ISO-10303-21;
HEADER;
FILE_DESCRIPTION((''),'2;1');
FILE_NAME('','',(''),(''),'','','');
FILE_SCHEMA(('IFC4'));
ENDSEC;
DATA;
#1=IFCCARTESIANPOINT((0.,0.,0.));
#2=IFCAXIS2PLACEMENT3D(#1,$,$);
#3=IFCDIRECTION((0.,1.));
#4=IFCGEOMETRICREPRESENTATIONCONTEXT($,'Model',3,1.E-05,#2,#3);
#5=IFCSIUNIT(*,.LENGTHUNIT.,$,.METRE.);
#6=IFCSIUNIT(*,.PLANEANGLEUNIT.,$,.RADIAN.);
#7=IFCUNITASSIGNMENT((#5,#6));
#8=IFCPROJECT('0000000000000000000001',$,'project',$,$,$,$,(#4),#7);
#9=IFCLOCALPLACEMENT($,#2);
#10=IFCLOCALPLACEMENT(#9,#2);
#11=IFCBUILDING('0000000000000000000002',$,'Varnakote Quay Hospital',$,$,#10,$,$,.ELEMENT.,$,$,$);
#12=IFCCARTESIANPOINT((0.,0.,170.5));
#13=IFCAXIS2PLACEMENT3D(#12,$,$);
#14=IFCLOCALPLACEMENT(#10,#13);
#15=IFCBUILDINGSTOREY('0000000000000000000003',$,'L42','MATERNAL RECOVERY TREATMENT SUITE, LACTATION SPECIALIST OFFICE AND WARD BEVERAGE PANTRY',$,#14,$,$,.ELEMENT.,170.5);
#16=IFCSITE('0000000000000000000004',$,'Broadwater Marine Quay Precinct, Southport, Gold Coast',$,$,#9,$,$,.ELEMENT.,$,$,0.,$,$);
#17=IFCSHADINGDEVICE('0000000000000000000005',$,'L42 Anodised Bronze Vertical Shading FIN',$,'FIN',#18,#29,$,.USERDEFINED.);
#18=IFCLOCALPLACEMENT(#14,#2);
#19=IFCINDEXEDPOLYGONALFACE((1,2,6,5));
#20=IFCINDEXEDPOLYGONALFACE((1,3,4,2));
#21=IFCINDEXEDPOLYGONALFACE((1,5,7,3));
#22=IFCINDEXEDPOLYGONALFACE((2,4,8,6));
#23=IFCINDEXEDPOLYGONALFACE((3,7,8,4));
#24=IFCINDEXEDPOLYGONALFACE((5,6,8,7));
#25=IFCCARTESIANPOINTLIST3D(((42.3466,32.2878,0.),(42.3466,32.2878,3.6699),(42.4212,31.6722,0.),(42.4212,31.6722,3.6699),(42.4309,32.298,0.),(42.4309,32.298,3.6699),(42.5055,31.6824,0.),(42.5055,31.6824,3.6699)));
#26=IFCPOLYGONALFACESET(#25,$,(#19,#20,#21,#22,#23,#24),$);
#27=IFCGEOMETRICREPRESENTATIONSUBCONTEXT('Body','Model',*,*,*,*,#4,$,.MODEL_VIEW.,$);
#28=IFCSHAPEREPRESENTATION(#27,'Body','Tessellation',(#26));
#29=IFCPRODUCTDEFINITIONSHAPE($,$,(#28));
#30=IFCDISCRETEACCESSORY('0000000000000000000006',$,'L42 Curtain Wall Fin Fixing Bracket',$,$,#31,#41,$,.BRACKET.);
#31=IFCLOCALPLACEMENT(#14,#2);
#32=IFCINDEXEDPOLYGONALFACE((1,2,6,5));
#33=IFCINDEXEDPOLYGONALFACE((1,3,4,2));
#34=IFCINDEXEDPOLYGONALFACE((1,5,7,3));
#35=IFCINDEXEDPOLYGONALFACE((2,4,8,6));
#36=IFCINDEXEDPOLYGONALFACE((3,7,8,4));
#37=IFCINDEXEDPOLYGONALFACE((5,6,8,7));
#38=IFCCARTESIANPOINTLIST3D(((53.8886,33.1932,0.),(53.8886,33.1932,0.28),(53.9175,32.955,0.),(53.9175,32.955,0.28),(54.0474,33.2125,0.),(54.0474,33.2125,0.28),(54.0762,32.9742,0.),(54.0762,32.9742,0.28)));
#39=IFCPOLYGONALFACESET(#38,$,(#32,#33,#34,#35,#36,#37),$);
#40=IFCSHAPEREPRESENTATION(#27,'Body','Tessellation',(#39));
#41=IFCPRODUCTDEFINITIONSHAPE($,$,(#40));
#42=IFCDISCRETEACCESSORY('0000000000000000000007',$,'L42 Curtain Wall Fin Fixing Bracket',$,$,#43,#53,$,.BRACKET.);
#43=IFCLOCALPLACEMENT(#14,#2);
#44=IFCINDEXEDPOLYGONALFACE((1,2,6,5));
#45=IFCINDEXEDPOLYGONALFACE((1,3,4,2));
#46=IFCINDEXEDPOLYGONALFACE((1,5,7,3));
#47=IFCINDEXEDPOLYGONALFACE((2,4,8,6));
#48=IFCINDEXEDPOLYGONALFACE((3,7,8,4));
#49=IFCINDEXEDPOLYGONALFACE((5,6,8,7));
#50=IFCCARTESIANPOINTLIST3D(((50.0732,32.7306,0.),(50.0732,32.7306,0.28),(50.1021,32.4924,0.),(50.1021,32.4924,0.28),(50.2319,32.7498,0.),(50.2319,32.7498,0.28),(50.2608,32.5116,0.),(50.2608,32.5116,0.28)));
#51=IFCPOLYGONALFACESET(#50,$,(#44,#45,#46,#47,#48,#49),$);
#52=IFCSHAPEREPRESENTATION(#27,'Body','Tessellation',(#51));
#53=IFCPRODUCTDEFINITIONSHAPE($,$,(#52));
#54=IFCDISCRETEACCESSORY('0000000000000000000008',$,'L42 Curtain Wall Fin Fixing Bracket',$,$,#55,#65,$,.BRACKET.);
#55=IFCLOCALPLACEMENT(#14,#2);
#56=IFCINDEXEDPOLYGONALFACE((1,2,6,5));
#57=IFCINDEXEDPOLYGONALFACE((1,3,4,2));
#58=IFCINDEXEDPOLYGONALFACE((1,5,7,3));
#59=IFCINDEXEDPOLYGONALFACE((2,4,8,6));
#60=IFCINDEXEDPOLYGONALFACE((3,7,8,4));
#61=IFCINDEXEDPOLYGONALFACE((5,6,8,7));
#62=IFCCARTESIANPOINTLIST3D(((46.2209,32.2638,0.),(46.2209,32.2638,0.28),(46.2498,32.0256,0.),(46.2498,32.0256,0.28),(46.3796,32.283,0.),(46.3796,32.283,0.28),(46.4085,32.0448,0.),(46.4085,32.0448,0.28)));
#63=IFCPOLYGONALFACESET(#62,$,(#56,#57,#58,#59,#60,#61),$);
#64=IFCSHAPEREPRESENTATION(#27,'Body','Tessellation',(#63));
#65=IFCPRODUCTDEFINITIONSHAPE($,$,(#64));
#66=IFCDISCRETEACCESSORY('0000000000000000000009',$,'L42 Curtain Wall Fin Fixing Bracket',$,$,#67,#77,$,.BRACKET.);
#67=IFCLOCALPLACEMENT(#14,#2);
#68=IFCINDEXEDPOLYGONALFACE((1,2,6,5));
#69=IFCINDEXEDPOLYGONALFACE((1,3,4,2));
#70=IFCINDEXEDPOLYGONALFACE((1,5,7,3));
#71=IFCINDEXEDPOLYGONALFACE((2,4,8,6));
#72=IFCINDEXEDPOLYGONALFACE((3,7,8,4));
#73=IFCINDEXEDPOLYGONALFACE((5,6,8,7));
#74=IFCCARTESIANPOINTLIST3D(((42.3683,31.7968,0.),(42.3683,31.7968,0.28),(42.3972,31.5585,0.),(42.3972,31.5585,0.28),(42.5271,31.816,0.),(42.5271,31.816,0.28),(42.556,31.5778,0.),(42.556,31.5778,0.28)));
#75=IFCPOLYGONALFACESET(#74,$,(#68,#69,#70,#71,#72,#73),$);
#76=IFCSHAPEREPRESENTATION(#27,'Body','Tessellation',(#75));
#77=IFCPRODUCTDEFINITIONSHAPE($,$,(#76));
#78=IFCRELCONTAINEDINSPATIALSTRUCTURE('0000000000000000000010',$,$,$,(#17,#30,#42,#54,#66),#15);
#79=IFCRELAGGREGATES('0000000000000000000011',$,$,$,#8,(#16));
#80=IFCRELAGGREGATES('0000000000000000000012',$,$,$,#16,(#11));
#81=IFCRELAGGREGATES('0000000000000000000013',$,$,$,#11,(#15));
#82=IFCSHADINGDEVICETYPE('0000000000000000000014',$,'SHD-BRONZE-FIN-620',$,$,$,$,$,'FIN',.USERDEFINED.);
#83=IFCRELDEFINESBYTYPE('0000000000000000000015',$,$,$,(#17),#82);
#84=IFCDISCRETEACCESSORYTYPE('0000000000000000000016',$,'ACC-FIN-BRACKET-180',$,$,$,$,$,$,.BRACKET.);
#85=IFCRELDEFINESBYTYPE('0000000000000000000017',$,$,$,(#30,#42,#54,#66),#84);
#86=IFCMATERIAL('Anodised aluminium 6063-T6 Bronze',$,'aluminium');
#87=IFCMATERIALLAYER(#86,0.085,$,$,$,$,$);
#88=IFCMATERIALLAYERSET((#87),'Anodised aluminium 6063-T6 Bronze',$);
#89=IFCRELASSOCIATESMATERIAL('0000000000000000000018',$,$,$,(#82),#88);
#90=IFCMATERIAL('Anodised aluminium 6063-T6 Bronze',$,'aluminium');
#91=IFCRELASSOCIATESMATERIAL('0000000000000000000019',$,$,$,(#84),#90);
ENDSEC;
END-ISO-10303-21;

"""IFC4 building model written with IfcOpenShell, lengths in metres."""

from ifc_helpers import new_model, si_unit, direction, frame, origin, origin_2d, place, context, subcontext, project, spatial, rectangle, extrude, material, layer, layer_set, type_object, element, save


model = new_model("IFC4")

# Units and contexts
model_context = context("Model", 3, precision=1e-05, world=origin(), true_north=direction((0.0, 1.0)))
body_context = subcontext(model_context, "Body", "Model", "MODEL_VIEW")
ifc_project = project(units=[si_unit("LENGTHUNIT", "METRE"), si_unit("PLANEANGLEUNIT", "RADIAN")], contexts=[model_context])

# Site, building, storey
site_placement = place(None, origin())
site = spatial("IfcSite", under=ifc_project, at=site_placement, Name="Broadwater Marine Quay Precinct, Southport, Gold Coast", CompositionType="ELEMENT", RefElevation=0.0)
building_placement = place(site_placement, origin())
building = spatial("IfcBuilding", under=site, at=building_placement, Name="Varnakote Quay Hospital", CompositionType="ELEMENT")
storey_placement = place(building_placement, frame((0.0, 0.0, 170.5)))
storey = spatial("IfcBuildingStorey", under=building, at=storey_placement, Name="L42", Description="MATERNAL RECOVERY TREATMENT SUITE, LACTATION SPECIALIST OFFICE AND WARD BEVERAGE PANTRY", CompositionType="ELEMENT", Elevation=170.5)

# Shading device
ifc_material_1 = material(Name="Anodised aluminium 6063-T6 Bronze", Category="aluminium")
ifc_layer_1 = layer(ifc_material_1, 0.085)
ifc_layer_set_1 = layer_set([ifc_layer_1], Name="Anodised aluminium 6063-T6 Bronze")
shading_device_type = type_object("IfcShadingDeviceType", Name="SHD-BRONZE-FIN-620", ElementType="FIN", PredefinedType="USERDEFINED", material=ifc_layer_set_1)
for number, where, z_axis, x_axis, name in (
    (1, (42.426, 31.9851, 0.0), (0.0, 0.0, 1.0), (0.12031, -0.992736, 0.0), "L42 Anodised Bronze Vertical Shading FIN"),
):
    element("IfcShadingDevice", number, at=place(storey_placement, frame(where, z_axis=z_axis, x_axis=x_axis)), inside=storey, type_object=shading_device_type, Name=name, ObjectType="FIN", PredefinedType="USERDEFINED", context=body_context, shape_type="SweptSolid", body=[
        extrude(rectangle(XDim=0.6201, YDim=0.085, at=origin_2d()), origin(), (0.0, 0.0, 1.0), 3.6699),
    ])

# Discrete accessories
ifc_material_2 = material(Name="Anodised aluminium 6063-T6 Bronze", Category="aluminium")
discrete_accessory_type = type_object("IfcDiscreteAccessoryType", Name="ACC-FIN-BRACKET-180", PredefinedType="BRACKET", material=ifc_material_2)
for number, where, z_axis, x_axis, name in (
    (2, (53.9824, 33.0837, 0.0), (0.0, 0.0, 1.0), (-0.992736, -0.12031, 0.0), "L42 Curtain Wall Fin Fixing Bracket"),
    (3, (50.167, 32.6211, 0.0), (0.0, 0.0, 1.0), (-0.992736, -0.12031, 0.0), "L42 Curtain Wall Fin Fixing Bracket"),
    (4, (46.3147, 32.1543, 0.0), (0.0, 0.0, 1.0), (-0.992736, -0.12031, 0.0), "L42 Curtain Wall Fin Fixing Bracket"),
    (5, (42.4622, 31.6873, 0.0), (0.0, 0.0, 1.0), (-0.992736, -0.12031, 0.0), "L42 Curtain Wall Fin Fixing Bracket"),
):
    element("IfcDiscreteAccessory", number, at=place(storey_placement, frame(where, z_axis=z_axis, x_axis=x_axis)), inside=storey, type_object=discrete_accessory_type, Name=name, PredefinedType="BRACKET", context=body_context, shape_type="SweptSolid", body=[
        extrude(rectangle(XDim=0.1599, YDim=0.24, at=origin_2d()), origin(), (0.0, 0.0, 1.0), 0.28),
    ])

save(model, "model.ifc")
